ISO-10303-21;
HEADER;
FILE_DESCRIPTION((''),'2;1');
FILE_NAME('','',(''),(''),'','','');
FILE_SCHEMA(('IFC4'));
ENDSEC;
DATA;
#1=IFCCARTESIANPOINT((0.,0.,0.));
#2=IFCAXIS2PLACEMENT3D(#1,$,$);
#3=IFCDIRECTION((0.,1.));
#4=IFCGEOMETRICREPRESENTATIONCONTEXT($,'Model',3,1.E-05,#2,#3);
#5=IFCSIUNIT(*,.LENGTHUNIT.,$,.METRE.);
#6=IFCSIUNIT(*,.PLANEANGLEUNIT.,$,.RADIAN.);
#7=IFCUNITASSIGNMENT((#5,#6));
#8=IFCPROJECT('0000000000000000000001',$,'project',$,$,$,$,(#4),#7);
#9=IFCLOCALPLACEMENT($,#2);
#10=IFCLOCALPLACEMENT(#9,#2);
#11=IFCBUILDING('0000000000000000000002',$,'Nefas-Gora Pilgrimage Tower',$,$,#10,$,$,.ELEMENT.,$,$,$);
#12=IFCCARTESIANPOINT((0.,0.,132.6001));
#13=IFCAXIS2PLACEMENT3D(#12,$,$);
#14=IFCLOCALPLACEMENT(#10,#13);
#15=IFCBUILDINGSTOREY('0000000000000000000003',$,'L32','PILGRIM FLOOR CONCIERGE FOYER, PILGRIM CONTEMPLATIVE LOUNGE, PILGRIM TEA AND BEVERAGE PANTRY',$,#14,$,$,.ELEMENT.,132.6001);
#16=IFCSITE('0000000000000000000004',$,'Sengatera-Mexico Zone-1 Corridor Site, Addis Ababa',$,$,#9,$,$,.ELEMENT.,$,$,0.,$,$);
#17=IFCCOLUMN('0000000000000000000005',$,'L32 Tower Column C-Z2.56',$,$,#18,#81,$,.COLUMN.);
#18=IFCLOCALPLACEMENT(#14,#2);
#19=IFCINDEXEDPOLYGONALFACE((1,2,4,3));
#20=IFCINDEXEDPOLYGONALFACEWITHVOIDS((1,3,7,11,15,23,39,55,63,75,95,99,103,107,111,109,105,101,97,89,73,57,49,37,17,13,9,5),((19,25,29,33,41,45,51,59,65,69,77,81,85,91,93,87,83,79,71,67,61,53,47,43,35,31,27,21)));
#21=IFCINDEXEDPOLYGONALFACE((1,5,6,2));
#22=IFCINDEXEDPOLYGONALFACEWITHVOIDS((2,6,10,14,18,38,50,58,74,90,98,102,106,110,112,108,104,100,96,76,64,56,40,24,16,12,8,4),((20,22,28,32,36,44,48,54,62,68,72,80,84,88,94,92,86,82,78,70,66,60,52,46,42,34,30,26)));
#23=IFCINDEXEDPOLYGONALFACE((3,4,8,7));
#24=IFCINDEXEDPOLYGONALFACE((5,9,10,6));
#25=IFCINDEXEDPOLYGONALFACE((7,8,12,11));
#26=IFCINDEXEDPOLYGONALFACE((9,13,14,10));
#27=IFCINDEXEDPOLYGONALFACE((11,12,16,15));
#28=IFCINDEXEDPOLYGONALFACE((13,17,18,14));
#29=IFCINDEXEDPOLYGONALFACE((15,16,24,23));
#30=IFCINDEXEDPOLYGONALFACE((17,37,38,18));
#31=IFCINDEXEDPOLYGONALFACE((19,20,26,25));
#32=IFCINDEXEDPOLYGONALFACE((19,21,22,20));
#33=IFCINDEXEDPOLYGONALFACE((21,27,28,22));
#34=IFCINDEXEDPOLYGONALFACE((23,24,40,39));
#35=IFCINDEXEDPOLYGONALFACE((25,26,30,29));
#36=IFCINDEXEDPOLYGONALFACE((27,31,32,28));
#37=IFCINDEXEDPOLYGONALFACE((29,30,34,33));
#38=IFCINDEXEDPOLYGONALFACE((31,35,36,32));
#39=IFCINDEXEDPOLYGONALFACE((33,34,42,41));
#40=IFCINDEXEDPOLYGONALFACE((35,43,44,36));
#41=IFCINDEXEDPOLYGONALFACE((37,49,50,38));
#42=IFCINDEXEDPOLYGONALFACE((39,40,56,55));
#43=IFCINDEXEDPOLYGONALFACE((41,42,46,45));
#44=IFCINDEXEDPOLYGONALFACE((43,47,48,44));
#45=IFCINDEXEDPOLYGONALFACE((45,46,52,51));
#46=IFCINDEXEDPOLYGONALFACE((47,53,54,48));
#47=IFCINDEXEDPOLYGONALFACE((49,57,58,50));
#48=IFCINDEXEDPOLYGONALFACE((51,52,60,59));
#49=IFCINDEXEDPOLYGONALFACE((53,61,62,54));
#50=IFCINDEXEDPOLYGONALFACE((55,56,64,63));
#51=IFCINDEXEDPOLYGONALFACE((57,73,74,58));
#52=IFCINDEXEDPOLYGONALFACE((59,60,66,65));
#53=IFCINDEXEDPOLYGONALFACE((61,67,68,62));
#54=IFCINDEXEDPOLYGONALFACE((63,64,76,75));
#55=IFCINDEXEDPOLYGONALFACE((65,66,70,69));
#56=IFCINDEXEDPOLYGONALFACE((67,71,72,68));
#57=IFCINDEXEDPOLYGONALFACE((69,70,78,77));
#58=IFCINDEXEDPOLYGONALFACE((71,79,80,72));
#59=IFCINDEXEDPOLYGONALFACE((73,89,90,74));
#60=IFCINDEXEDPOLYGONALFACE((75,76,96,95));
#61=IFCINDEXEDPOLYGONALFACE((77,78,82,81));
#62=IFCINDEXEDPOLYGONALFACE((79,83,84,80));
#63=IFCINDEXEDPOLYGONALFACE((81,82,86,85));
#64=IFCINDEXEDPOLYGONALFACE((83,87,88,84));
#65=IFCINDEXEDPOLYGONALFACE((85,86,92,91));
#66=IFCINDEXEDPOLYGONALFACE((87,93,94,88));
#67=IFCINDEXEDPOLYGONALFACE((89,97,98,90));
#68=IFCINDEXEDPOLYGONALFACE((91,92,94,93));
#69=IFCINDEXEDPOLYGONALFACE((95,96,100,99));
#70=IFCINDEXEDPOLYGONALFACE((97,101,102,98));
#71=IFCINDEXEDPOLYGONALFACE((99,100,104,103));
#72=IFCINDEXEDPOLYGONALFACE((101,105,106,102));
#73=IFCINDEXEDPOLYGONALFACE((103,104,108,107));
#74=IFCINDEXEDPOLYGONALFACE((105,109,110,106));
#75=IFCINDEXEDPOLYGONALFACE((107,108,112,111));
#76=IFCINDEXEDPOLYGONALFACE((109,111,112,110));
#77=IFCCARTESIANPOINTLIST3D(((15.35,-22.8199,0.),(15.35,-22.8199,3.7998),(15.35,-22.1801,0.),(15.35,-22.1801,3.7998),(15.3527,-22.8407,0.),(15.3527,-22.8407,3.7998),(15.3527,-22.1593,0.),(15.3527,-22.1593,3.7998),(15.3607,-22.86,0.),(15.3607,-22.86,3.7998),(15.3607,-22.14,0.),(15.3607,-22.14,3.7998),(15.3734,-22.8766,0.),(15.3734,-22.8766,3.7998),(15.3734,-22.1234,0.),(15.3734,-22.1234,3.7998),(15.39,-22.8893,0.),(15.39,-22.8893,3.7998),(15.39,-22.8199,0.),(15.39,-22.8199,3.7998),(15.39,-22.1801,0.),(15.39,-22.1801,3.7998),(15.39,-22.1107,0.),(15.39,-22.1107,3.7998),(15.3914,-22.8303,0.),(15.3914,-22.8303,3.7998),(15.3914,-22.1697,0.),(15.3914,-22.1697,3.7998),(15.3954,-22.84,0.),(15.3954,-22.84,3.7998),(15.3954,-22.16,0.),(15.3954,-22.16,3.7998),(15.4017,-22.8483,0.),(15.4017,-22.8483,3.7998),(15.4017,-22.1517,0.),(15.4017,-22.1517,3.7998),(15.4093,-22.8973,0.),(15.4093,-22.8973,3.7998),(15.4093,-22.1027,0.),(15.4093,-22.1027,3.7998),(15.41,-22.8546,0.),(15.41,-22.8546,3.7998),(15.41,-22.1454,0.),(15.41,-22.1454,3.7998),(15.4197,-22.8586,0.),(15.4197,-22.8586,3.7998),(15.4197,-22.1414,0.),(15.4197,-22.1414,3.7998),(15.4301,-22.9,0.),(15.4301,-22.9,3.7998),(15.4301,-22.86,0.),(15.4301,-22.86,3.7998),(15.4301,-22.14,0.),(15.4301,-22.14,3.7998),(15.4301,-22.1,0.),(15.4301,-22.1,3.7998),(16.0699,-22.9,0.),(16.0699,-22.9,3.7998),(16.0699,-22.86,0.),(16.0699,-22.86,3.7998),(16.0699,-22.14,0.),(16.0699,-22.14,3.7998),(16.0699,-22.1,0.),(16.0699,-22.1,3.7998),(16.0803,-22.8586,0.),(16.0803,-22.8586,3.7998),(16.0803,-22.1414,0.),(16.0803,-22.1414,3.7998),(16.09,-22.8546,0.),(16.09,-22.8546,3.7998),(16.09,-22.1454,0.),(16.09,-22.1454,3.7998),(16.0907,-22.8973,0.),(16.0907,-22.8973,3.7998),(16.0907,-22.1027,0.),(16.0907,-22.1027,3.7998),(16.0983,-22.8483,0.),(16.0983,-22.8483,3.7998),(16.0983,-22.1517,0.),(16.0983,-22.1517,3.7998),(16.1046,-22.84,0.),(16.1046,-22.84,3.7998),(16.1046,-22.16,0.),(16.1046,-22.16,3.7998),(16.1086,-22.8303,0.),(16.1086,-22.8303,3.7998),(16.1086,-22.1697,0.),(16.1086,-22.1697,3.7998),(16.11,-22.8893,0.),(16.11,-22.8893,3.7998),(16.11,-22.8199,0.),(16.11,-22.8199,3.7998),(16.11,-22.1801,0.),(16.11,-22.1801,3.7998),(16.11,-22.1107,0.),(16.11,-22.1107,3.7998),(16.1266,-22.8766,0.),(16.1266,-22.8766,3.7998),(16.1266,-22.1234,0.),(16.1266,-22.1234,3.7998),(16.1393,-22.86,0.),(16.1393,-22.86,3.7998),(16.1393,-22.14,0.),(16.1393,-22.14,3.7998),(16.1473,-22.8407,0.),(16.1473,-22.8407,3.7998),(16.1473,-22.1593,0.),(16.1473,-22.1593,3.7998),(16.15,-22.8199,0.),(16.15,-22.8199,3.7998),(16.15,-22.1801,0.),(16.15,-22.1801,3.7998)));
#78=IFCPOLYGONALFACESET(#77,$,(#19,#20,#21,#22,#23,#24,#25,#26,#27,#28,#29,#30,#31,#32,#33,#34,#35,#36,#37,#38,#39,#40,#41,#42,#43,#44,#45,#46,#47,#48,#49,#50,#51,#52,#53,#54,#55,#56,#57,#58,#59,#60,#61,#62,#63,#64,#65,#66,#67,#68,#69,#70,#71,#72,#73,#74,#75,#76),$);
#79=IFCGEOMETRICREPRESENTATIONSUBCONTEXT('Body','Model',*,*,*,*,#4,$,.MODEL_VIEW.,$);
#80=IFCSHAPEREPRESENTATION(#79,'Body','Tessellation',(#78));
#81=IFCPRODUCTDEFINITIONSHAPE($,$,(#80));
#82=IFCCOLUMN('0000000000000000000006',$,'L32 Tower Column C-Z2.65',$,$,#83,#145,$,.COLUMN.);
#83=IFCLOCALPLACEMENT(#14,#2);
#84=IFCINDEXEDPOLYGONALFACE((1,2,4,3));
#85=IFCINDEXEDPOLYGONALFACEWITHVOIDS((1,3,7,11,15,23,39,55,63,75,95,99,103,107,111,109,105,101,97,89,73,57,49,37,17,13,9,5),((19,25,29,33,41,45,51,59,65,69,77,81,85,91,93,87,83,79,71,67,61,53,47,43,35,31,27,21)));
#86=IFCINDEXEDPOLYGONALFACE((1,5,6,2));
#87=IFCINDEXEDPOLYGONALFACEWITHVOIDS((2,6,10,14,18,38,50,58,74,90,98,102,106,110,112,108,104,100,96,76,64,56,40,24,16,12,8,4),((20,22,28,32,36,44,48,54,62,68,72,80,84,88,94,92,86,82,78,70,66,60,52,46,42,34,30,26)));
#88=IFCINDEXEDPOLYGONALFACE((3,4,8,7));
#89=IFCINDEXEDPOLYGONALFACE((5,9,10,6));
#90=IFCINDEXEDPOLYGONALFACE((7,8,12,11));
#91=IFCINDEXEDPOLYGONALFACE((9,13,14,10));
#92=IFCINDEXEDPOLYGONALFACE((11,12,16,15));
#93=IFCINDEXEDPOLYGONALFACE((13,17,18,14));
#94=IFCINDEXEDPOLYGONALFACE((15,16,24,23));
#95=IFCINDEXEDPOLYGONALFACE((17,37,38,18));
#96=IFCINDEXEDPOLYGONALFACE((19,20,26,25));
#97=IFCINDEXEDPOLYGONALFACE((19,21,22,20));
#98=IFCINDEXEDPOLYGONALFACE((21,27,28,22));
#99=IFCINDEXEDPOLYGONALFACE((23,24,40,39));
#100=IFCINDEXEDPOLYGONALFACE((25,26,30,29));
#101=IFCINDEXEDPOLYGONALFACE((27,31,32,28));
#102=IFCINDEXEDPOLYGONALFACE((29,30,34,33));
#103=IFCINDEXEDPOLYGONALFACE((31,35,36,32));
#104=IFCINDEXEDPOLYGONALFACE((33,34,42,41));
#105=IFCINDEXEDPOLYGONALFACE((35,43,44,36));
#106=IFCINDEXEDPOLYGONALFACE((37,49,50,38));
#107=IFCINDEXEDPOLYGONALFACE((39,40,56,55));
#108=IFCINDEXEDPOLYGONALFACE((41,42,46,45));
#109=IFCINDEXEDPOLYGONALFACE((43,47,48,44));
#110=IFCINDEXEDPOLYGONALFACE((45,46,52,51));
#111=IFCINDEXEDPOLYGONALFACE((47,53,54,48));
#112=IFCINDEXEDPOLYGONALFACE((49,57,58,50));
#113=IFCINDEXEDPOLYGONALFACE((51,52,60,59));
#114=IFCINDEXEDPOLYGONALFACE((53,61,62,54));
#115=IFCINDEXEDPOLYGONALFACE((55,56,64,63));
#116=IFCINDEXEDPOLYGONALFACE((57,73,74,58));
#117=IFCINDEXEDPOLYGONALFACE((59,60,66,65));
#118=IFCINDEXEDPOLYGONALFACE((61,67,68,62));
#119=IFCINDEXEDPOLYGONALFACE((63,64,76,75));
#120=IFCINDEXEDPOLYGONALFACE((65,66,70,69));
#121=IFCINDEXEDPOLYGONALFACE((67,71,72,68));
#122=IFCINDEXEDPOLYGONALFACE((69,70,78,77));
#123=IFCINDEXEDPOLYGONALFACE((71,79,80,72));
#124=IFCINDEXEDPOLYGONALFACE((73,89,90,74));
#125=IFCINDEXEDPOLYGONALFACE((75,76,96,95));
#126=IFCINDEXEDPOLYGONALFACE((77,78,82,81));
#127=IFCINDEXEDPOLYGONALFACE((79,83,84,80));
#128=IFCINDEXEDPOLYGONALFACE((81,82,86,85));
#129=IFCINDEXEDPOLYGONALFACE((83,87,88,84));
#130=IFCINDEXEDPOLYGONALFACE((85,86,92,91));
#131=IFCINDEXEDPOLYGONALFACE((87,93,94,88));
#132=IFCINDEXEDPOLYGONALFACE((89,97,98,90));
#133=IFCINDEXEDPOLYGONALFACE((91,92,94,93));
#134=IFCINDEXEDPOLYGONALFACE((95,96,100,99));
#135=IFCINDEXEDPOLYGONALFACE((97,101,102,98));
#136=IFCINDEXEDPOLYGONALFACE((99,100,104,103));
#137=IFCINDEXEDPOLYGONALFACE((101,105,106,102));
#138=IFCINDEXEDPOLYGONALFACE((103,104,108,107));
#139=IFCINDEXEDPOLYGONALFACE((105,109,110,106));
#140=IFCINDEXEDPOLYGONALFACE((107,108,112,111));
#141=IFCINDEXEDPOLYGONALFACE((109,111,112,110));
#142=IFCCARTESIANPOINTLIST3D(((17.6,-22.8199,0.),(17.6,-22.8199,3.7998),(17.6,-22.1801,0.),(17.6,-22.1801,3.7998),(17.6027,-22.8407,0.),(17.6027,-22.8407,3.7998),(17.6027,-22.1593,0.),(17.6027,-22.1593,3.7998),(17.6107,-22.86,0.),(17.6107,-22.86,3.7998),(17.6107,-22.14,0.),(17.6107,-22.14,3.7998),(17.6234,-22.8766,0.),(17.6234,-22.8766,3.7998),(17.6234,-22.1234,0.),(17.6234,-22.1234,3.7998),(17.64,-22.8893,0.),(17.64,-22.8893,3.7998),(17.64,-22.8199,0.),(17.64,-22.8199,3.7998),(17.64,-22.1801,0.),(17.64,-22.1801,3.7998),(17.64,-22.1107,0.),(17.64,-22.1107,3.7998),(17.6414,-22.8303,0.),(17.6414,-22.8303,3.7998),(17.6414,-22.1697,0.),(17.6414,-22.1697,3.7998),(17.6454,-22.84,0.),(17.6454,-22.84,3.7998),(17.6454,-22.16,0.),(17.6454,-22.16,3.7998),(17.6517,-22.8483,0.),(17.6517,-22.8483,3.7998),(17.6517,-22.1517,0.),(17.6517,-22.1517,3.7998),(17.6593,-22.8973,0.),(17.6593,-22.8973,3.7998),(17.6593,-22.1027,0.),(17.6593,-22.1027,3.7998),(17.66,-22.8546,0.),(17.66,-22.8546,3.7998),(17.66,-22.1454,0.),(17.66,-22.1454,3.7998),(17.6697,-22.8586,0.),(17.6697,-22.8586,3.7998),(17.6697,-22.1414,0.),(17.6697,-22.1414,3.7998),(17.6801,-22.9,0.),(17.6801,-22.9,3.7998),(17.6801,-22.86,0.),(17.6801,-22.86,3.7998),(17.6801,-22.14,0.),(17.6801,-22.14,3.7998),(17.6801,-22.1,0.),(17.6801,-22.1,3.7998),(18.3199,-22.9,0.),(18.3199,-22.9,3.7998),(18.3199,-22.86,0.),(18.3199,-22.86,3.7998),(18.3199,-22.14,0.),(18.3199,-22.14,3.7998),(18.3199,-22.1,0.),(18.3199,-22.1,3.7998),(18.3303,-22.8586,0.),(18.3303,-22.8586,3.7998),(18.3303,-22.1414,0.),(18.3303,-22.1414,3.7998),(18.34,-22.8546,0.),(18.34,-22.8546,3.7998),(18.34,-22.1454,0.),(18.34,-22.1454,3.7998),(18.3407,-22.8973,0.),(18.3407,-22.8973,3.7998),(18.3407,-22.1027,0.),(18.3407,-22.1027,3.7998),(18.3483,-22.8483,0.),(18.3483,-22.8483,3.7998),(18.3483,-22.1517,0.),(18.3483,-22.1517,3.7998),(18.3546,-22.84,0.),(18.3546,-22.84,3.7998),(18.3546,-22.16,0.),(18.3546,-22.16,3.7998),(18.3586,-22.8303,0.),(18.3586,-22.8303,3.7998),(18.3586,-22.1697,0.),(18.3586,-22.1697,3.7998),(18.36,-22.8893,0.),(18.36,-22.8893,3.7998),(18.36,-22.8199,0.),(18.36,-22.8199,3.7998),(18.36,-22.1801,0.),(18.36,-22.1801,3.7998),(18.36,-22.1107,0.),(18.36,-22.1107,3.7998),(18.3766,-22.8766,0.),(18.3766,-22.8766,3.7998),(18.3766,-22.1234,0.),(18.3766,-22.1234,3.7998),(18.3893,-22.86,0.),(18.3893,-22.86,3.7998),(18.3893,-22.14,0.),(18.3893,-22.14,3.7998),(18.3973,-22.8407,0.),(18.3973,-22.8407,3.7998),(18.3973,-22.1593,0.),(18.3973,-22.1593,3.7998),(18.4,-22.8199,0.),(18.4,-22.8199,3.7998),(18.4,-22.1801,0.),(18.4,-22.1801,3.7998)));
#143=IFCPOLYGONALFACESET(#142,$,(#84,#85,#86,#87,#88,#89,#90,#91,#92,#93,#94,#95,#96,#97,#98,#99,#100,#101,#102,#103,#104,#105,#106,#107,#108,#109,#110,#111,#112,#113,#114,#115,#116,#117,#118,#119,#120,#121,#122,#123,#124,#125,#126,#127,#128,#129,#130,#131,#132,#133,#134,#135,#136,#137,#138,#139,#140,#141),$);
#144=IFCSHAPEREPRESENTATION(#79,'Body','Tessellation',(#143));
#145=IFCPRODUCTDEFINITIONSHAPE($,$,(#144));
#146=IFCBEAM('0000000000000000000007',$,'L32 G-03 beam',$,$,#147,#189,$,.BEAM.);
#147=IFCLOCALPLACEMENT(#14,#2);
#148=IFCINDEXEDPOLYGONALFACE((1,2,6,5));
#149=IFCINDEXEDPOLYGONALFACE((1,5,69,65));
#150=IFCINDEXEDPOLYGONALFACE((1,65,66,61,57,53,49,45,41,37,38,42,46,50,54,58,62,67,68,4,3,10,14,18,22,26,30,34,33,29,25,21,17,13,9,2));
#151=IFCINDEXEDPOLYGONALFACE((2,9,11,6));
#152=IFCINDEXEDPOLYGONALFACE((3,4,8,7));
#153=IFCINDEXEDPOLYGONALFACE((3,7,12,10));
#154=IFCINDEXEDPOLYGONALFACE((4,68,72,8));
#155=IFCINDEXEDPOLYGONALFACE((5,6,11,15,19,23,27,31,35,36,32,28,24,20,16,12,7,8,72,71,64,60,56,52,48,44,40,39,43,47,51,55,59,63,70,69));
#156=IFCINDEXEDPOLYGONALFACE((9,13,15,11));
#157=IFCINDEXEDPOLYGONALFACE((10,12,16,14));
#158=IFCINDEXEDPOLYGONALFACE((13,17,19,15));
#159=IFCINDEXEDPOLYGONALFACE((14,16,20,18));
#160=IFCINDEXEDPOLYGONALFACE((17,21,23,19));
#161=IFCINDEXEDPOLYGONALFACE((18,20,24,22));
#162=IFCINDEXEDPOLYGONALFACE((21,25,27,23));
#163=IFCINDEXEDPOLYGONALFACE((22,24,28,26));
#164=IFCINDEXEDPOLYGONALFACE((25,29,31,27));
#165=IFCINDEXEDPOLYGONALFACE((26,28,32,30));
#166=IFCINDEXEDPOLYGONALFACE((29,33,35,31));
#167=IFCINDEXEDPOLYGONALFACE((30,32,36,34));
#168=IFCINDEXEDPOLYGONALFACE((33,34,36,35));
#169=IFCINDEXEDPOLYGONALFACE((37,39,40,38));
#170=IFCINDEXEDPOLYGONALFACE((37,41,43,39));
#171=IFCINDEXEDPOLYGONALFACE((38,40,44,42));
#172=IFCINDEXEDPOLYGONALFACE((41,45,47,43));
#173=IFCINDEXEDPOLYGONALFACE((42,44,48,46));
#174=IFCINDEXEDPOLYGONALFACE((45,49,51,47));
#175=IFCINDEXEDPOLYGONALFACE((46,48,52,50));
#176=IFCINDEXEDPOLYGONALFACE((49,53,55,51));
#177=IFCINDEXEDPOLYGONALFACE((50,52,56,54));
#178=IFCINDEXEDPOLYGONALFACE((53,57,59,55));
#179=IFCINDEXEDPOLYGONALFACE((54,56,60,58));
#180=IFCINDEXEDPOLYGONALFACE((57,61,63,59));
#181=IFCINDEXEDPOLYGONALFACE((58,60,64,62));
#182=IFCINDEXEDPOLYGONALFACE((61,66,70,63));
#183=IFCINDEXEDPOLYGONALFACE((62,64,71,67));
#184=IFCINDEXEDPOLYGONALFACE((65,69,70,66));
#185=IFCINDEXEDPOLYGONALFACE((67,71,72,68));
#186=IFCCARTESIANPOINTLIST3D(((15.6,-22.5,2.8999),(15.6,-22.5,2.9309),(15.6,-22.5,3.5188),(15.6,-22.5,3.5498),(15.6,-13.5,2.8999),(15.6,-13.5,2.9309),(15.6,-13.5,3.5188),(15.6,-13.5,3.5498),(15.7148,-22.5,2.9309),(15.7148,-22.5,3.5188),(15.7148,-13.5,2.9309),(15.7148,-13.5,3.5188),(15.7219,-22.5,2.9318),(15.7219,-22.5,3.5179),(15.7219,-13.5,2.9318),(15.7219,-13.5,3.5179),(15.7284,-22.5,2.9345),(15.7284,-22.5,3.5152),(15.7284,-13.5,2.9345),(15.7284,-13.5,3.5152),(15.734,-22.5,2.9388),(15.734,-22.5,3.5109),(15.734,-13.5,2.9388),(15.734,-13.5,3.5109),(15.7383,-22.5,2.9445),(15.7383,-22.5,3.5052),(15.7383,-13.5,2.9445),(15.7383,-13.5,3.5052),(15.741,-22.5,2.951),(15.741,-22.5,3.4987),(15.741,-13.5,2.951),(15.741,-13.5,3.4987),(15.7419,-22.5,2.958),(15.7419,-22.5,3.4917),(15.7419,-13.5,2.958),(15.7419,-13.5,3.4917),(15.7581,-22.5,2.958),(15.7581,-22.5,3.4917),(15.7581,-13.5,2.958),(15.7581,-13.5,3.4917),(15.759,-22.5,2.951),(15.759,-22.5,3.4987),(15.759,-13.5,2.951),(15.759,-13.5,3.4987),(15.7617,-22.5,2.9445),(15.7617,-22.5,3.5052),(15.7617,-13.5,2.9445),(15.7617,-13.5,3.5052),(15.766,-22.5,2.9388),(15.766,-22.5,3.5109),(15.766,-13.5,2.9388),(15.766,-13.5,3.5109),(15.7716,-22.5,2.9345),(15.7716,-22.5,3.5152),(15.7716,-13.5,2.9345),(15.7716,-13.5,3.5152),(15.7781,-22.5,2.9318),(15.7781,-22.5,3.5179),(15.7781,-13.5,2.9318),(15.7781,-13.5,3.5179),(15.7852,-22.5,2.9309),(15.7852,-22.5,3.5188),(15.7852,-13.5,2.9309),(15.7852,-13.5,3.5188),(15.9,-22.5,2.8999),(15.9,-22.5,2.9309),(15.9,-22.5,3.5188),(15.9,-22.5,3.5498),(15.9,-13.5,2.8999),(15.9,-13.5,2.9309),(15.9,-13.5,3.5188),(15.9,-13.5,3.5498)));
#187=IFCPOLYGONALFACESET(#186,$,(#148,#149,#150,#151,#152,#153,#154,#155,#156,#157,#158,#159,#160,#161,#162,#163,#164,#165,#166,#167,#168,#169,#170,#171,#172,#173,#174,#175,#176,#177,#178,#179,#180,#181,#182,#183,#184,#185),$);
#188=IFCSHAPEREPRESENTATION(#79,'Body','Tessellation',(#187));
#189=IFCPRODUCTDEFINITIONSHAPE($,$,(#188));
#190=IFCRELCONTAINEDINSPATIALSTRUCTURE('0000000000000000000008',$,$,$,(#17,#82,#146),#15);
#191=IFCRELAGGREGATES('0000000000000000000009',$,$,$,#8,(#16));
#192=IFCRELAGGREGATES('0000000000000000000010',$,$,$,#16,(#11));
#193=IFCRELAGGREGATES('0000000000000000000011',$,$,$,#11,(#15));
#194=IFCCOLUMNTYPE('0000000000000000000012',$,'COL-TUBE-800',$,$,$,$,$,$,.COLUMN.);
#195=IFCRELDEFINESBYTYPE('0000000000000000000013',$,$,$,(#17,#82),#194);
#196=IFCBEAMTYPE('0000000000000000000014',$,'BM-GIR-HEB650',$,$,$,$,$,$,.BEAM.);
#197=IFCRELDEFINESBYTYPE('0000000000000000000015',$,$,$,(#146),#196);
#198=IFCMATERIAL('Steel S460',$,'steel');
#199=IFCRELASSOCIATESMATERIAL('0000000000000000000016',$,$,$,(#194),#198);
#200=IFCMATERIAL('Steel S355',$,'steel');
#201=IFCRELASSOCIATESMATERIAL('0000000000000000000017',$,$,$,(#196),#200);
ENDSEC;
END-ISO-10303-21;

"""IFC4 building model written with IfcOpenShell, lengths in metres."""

from ifc_helpers import new_model, si_unit, direction, frame, origin, origin_2d, place, context, subcontext, project, spatial, hollow_rectangle, i_section, extrude, source, transform, mapped, material, material_profile, profile_set, type_object, element, save


model = new_model("IFC4")

# Units and contexts
model_context = context("Model", 3, precision=1e-05, world=origin(), true_north=direction((0.0, 1.0)))
body_context = subcontext(model_context, "Body", "Model", "MODEL_VIEW")
ifc_project = project(units=[si_unit("LENGTHUNIT", "METRE"), si_unit("PLANEANGLEUNIT", "RADIAN")], contexts=[model_context])

# Site, building, storey
site_placement = place(None, origin())
site = spatial("IfcSite", under=ifc_project, at=site_placement, Name="Sengatera-Mexico Zone-1 Corridor Site, Addis Ababa", CompositionType="ELEMENT", RefElevation=0.0)
building_placement = place(site_placement, origin())
building = spatial("IfcBuilding", under=site, at=building_placement, Name="Nefas-Gora Pilgrimage Tower", CompositionType="ELEMENT")
storey_placement = place(building_placement, frame((0.0, 0.0, 132.6001)))
storey = spatial("IfcBuildingStorey", under=building, at=storey_placement, Name="L32", Description="PILGRIM FLOOR CONCIERGE FOYER, PILGRIM CONTEMPLATIVE LOUNGE, PILGRIM TEA AND BEVERAGE PANTRY", CompositionType="ELEMENT", Elevation=132.6001)

# Columns
ifc_material_1 = material(Name="Steel S460", Category="steel")
ifc_material_profile_1 = material_profile(ifc_material_1, hollow_rectangle(XDim=0.8, YDim=0.8, WallThickness=0.04, InnerFilletRadius=0.04, OuterFilletRadius=0.0801, at=origin_2d()), Name="BOX 800x800x40")
ifc_profile_set_1 = profile_set([ifc_material_profile_1], Name="Steel S460")
column_type_1 = type_object("IfcColumnType", Name="COL-TUBE-800", PredefinedType="COLUMN", material=ifc_profile_set_1)
shared_shape_1 = source(origin(), body_context, "Body", "SweptSolid", [
    extrude(hollow_rectangle(XDim=0.8, YDim=0.8, WallThickness=0.04, InnerFilletRadius=0.04, OuterFilletRadius=0.0801, at=origin_2d()), origin(), (0.0, 0.0, 1.0), 3.7998),
])
for number, where, z_axis, x_axis, name in (
    (1, (15.75, -22.5, 0.0), (0.0, 0.0, 1.0), (1.0, 0.0, 0.0), "L32 Tower Column C-Z2.56"),
    (2, (18.0, -22.5, 0.0), (0.0, 0.0, 1.0), (1.0, 0.0, 0.0), "L32 Tower Column C-Z2.65"),
):
    element("IfcColumn", number, at=place(storey_placement, frame(where, z_axis=z_axis, x_axis=x_axis)), inside=storey, type_object=column_type_1, Name=name, PredefinedType="COLUMN", context=body_context, shape_type="MappedRepresentation", body=[
        mapped(shared_shape_1, transform((0.0, 0.0, 0.0), x_axis=(1.0, 0.0, 0.0), y_axis=(0.0, 1.0, 0.0), z_axis=(0.0, 0.0, 1.0), scale=1.0)),
    ])

# Beam
ifc_material_2 = material(Name="Steel S355", Category="steel")
ifc_material_profile_2 = material_profile(ifc_material_2, i_section(OverallWidth=0.3, OverallDepth=0.6499, WebThickness=0.0161, FlangeThickness=0.031, FilletRadius=0.0271, at=origin_2d()), Name="HEB 650")
ifc_profile_set_2 = profile_set([ifc_material_profile_2], Name="Steel S355")
beam_type_1 = type_object("IfcBeamType", Name="BM-GIR-HEB650", PredefinedType="BEAM", material=ifc_profile_set_2)
shared_shape_2 = source(origin(), body_context, "Body", "SweptSolid", [
    extrude(i_section(OverallWidth=0.3, OverallDepth=0.6499, WebThickness=0.0161, FlangeThickness=0.031, FilletRadius=0.0271, at=origin_2d()), origin(), (0.0, 0.0, 1.0), 9.0),
])
beam_placement = place(storey_placement, frame((15.75, -22.5, 3.2249), z_axis=(0.0, 1.0, 0.0), x_axis=(-1.0, 0.0, 0.0)))
element("IfcBeam", 3, at=beam_placement, inside=storey, type_object=beam_type_1, Name="L32 G-03 beam", PredefinedType="BEAM", context=body_context, shape_type="MappedRepresentation", body=[
    mapped(shared_shape_2, transform((0.0, 0.0, 0.0), x_axis=(1.0, 0.0, 0.0), y_axis=(0.0, 1.0, 0.0), z_axis=(0.0, 0.0, 1.0), scale=1.0)),
])

save(model, "model.ifc")
